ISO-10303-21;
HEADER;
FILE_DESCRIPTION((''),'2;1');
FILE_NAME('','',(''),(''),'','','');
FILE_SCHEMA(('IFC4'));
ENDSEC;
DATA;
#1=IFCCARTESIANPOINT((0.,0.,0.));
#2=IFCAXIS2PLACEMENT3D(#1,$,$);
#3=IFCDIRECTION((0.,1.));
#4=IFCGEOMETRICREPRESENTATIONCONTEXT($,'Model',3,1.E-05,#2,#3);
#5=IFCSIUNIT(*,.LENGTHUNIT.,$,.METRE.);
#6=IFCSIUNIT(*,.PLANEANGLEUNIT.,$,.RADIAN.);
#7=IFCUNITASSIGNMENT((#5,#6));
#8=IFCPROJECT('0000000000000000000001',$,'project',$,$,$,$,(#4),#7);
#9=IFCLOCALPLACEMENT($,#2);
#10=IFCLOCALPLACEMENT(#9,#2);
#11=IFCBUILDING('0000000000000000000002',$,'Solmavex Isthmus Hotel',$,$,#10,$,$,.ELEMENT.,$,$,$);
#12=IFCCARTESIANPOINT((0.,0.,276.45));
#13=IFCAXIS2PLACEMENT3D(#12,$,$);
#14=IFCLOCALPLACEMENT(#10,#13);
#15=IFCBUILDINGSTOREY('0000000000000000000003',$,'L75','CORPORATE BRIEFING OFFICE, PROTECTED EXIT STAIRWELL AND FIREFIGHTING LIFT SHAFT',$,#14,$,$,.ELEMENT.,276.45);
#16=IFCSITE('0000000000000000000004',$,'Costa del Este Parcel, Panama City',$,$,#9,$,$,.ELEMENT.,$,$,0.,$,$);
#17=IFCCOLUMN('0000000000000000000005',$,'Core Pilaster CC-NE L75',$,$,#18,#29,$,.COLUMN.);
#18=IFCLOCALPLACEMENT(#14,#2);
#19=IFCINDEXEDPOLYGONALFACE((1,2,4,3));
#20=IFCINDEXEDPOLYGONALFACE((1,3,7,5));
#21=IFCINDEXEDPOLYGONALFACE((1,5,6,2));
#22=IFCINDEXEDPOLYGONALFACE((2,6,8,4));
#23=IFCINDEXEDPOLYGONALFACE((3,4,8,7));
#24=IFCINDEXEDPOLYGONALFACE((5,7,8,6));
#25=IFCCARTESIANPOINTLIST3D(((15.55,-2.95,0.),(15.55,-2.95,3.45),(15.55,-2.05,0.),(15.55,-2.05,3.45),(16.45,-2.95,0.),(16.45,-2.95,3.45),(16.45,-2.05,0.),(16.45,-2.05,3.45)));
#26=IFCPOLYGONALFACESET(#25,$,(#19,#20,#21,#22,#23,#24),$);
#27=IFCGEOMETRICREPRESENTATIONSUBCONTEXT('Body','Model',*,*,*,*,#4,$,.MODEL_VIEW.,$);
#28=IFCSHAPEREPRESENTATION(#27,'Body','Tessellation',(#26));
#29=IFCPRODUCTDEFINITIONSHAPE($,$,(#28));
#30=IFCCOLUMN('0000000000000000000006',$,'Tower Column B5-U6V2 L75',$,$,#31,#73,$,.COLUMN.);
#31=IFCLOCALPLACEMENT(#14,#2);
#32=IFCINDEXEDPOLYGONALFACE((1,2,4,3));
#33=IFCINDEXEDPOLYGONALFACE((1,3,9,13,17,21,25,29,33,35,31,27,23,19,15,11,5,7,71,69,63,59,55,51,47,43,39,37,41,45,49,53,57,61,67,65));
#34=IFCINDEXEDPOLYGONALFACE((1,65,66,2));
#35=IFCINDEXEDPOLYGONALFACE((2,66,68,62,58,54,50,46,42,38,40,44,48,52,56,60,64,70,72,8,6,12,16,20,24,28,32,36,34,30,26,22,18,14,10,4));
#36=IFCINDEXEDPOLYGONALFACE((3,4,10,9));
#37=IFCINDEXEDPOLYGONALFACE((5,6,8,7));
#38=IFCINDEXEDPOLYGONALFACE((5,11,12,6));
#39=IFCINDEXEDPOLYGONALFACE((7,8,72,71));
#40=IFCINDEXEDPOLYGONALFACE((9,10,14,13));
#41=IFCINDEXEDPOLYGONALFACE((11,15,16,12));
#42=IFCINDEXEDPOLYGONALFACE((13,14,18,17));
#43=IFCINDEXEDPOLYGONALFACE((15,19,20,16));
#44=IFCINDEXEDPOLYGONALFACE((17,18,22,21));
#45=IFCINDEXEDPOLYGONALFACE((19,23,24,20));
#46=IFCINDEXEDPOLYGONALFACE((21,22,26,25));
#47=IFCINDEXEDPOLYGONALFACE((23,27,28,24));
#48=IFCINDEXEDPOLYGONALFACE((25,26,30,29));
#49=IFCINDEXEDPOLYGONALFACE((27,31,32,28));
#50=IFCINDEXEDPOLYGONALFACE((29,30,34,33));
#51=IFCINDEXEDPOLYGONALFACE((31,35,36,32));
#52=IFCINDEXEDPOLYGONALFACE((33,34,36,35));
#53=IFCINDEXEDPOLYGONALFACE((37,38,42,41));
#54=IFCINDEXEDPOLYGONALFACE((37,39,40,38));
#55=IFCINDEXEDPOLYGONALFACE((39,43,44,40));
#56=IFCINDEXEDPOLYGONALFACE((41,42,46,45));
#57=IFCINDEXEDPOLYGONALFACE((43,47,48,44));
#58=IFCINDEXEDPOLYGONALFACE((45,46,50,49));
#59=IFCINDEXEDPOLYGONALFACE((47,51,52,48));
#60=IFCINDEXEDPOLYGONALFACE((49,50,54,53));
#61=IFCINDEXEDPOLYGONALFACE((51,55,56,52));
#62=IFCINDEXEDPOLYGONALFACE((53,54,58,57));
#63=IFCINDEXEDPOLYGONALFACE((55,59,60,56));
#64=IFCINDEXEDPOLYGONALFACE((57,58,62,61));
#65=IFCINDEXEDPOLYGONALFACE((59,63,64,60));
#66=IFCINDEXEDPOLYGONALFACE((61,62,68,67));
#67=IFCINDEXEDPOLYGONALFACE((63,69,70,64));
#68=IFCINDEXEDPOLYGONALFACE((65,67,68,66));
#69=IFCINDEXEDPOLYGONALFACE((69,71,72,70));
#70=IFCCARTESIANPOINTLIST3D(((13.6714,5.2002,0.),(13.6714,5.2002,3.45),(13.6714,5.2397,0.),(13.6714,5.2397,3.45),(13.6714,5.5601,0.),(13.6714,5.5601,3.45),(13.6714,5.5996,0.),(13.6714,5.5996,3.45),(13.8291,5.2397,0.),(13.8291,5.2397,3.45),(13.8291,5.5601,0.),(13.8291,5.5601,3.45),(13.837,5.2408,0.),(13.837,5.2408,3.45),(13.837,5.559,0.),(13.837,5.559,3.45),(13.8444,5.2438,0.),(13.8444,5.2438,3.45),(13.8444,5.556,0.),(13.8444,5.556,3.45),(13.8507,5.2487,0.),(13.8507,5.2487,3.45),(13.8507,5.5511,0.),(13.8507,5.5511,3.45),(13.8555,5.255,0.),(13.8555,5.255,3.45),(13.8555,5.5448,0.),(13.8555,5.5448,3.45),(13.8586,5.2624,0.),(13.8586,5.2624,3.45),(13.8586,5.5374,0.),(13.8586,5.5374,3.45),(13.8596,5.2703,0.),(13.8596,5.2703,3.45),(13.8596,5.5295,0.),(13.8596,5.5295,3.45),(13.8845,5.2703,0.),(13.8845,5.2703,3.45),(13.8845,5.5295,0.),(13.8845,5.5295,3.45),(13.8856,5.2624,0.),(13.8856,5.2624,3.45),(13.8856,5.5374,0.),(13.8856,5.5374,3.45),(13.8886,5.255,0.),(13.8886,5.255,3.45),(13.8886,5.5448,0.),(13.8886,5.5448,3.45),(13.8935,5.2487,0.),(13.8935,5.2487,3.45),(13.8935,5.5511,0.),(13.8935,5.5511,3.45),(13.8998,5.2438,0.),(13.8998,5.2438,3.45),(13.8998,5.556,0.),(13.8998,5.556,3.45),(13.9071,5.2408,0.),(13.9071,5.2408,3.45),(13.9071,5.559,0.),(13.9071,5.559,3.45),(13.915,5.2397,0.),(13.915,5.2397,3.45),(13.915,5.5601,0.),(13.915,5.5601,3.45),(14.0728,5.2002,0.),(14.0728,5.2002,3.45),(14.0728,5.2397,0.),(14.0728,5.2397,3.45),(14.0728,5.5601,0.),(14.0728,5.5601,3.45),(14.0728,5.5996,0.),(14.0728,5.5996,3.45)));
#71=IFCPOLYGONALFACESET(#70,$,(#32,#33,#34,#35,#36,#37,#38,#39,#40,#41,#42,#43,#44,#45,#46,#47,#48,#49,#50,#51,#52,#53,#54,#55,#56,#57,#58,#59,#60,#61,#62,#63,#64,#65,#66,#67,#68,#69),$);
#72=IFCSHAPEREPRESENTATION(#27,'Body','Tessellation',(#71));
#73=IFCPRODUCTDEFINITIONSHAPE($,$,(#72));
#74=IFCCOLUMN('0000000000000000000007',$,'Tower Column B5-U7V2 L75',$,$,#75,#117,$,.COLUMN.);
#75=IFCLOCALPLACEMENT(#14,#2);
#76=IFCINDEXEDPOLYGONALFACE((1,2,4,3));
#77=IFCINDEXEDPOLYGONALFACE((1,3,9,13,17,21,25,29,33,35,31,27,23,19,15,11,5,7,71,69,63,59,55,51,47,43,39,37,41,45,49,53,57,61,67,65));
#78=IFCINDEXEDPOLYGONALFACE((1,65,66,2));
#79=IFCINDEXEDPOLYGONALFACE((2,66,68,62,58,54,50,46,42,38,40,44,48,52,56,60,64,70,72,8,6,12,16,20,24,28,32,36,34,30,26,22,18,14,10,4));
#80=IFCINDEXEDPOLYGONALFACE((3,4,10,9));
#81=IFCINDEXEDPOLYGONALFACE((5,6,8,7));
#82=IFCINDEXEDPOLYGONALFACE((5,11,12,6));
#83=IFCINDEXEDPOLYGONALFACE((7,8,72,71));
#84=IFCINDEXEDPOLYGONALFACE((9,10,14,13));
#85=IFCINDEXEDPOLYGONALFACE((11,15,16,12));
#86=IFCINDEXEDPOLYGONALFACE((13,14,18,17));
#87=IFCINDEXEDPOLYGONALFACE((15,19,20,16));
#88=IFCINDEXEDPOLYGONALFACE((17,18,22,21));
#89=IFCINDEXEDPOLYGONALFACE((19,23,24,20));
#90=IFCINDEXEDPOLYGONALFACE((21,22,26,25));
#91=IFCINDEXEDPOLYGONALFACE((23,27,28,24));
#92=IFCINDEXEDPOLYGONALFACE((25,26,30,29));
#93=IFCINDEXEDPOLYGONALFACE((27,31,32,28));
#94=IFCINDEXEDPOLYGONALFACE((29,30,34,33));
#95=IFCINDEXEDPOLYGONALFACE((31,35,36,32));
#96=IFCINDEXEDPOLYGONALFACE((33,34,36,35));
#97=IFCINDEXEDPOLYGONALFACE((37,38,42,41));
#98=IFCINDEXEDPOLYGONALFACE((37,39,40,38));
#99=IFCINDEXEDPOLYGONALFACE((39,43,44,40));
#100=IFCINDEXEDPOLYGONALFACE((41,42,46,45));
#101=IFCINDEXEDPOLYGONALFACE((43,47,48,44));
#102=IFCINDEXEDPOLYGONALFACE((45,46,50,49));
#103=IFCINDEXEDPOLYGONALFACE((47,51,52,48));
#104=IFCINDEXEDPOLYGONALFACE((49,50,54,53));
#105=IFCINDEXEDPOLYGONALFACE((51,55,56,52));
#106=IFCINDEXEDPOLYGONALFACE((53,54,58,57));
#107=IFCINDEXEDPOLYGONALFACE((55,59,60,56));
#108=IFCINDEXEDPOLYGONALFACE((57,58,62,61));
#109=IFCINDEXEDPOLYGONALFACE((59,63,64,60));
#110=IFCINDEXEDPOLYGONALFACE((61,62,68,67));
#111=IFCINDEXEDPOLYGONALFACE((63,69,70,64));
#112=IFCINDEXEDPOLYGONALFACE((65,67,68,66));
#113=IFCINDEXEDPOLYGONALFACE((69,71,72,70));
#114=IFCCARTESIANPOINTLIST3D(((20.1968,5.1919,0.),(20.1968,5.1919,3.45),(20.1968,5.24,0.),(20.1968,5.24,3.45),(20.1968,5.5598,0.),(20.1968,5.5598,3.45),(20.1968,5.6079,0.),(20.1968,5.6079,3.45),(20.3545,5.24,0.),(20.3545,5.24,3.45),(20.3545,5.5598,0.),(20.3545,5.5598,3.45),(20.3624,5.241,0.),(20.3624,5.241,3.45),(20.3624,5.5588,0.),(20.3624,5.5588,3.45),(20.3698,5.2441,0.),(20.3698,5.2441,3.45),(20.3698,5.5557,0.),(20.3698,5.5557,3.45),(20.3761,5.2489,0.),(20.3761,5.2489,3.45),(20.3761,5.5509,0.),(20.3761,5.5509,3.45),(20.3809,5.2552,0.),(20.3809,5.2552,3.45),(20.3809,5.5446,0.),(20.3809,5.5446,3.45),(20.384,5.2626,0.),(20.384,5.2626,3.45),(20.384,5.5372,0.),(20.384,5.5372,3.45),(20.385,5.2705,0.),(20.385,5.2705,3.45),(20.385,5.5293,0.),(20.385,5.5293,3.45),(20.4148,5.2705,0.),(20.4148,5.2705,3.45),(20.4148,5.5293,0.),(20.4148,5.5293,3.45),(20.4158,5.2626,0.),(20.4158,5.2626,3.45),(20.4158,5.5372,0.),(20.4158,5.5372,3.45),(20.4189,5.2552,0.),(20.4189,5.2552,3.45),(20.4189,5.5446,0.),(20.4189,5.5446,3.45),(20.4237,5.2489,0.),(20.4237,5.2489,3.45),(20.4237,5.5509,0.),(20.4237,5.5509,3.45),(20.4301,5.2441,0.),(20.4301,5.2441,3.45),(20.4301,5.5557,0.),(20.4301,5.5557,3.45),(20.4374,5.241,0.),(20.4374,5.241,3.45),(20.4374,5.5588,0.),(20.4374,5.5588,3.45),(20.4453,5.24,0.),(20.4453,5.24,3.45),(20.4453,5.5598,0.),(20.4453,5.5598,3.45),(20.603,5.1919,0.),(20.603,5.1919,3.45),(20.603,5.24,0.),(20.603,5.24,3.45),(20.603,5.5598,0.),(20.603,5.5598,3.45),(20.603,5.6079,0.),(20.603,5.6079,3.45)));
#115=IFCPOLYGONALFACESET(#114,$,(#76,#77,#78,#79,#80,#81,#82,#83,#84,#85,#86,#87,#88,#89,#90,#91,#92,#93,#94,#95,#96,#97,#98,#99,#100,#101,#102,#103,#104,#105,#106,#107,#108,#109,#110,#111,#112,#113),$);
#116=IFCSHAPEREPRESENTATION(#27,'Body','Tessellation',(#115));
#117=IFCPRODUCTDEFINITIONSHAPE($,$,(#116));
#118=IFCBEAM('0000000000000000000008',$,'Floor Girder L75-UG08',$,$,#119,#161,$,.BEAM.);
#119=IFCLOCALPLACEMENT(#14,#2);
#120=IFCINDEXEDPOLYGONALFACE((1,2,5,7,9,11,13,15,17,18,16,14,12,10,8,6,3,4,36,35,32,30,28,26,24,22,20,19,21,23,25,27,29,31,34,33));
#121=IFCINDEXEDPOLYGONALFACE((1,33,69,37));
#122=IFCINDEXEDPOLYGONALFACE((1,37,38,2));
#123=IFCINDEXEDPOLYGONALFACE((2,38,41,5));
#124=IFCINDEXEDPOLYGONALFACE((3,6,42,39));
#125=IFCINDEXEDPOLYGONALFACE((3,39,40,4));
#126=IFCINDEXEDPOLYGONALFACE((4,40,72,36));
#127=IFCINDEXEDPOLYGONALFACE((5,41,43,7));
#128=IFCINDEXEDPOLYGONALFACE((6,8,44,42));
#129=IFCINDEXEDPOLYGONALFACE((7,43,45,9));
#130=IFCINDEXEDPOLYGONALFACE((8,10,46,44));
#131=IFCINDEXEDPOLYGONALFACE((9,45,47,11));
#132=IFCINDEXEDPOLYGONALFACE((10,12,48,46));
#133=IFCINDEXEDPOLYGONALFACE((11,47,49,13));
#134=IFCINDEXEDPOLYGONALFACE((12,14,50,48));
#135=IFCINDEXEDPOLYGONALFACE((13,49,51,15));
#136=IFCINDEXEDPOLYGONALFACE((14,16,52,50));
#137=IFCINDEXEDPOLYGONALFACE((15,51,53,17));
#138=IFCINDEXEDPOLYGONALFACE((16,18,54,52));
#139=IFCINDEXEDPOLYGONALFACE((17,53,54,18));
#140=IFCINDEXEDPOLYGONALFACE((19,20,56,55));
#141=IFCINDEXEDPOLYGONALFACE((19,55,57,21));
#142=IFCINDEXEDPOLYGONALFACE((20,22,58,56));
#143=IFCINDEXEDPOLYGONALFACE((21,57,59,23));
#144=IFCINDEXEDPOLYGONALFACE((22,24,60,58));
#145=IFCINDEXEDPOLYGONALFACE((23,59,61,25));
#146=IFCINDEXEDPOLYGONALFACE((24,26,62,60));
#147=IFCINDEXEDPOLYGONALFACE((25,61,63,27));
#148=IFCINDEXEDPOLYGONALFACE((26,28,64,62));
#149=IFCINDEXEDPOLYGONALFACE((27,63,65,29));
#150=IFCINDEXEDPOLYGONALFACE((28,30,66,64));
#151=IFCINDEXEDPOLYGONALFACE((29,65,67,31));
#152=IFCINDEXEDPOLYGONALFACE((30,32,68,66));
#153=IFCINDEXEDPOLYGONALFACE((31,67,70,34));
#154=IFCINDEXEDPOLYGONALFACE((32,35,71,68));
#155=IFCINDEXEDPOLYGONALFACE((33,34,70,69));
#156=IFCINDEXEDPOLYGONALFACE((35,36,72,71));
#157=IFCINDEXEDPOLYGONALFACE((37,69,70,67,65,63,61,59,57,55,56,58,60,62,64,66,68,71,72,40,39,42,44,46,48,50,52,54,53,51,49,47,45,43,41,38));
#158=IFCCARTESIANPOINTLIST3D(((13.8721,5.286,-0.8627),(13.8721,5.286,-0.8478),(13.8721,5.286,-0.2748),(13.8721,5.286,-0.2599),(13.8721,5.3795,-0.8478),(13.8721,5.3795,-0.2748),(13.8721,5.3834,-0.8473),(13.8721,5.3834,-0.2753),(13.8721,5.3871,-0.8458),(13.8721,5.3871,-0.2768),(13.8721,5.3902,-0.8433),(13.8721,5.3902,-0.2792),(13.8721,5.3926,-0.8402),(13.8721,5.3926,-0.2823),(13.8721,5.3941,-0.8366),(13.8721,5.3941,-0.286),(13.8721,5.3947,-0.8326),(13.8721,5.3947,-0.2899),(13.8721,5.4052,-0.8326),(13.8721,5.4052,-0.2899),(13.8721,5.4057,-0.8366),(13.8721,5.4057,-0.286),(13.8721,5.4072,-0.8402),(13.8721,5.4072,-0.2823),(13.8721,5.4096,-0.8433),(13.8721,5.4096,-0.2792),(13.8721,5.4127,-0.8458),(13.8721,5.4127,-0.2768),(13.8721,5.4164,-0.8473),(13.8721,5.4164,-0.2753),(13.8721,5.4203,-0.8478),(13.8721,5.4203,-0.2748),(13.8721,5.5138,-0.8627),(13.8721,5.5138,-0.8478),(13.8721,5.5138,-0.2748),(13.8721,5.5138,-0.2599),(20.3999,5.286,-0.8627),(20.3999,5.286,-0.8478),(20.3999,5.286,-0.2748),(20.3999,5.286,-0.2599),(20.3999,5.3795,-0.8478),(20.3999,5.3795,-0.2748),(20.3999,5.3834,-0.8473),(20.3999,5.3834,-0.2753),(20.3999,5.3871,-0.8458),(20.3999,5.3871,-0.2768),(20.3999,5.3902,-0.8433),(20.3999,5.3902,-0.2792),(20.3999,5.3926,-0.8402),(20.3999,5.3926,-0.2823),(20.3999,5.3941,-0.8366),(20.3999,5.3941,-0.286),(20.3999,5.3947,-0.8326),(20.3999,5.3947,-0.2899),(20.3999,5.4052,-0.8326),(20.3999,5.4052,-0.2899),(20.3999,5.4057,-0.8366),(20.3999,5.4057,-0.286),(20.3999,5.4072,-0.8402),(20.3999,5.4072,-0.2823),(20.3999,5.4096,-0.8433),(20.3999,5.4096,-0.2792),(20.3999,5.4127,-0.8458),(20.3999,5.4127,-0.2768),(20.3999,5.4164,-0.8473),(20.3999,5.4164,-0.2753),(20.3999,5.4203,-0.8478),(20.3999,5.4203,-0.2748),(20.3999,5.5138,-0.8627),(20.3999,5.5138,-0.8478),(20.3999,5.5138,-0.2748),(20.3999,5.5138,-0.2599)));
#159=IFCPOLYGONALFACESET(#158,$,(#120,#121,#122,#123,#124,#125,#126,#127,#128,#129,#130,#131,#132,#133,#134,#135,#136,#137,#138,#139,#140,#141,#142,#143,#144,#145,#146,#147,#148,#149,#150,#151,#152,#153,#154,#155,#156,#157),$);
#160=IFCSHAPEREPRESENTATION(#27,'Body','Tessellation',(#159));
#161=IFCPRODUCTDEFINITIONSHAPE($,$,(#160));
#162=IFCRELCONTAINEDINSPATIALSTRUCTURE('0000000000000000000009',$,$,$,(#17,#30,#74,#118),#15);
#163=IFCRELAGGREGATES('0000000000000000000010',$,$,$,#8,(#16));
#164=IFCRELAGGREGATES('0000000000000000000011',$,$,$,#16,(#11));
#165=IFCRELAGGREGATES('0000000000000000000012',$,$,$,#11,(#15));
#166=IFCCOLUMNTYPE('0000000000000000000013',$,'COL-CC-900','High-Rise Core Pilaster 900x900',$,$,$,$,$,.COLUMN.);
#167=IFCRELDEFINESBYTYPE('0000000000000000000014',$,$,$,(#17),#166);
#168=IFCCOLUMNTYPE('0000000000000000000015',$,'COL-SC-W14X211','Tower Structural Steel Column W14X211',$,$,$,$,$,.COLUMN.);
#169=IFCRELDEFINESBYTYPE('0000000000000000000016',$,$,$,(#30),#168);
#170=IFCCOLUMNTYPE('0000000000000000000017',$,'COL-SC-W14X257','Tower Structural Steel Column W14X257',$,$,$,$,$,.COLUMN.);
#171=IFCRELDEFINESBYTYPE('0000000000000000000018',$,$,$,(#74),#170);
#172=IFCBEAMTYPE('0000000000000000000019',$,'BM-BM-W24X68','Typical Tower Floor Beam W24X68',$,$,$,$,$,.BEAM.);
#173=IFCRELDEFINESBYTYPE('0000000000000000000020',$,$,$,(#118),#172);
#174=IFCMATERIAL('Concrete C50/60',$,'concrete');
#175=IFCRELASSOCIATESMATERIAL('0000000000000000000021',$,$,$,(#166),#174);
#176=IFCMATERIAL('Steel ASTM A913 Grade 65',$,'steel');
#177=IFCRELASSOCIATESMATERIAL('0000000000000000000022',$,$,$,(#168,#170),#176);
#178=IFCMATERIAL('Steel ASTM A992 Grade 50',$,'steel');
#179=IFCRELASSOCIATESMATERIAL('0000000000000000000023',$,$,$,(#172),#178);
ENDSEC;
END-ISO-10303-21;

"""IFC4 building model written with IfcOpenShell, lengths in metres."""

from ifc_helpers import new_model, si_unit, direction, frame, origin, origin_2d, place, context, subcontext, project, spatial, rectangle, i_section, extrude, material, material_profile, profile_set, type_object, element, save


model = new_model("IFC4")

# Units and contexts
model_context = context("Model", 3, precision=1e-05, world=origin(), true_north=direction((0.0, 1.0)))
body_context = subcontext(model_context, "Body", "Model", "MODEL_VIEW")
ifc_project = project(units=[si_unit("LENGTHUNIT", "METRE"), si_unit("PLANEANGLEUNIT", "RADIAN")], contexts=[model_context])

# Site, building, storey
site_placement = place(None, origin())
site = spatial("IfcSite", under=ifc_project, at=site_placement, Name="Costa del Este Parcel, Panama City", CompositionType="ELEMENT", RefElevation=0.0)
building_placement = place(site_placement, origin())
building = spatial("IfcBuilding", under=site, at=building_placement, Name="Solmavex Isthmus Hotel", CompositionType="ELEMENT")
storey_placement = place(building_placement, frame((0.0, 0.0, 276.45)))
storey = spatial("IfcBuildingStorey", under=building, at=storey_placement, Name="L75", Description="CORPORATE BRIEFING OFFICE, PROTECTED EXIT STAIRWELL AND FIREFIGHTING LIFT SHAFT", CompositionType="ELEMENT", Elevation=276.45)

# Columns
ifc_material_1 = material(Name="Concrete C50/60", Category="concrete")
ifc_material_profile_1 = material_profile(ifc_material_1, rectangle(XDim=0.8999, YDim=0.8999, at=origin_2d()), Name="RC900X900")
ifc_profile_set_1 = profile_set([ifc_material_profile_1], Name="Concrete C50/60")
column_type_1 = type_object("IfcColumnType", Name="COL-CC-900", Description="High-Rise Core Pilaster 900x900", PredefinedType="COLUMN", material=ifc_profile_set_1)
column_1_placement = place(storey_placement, frame((16.0, -2.5, 0.0), z_axis=(0.0, 0.0, 1.0), x_axis=(1.0, 0.0, 0.0)))
element("IfcColumn", 1, at=column_1_placement, inside=storey, type_object=column_type_1, Name="Core Pilaster CC-NE L75", PredefinedType="COLUMN", context=body_context, shape_type="SweptSolid", body=[
    extrude(rectangle(XDim=0.8999, YDim=0.8999, at=origin_2d()), origin(), (0.0, 0.0, 1.0), 3.45),
])
ifc_material_2 = material(Name="Steel ASTM A913 Grade 65", Category="steel")
ifc_material_profile_2 = material_profile(ifc_material_2, i_section(OverallWidth=0.4014, OverallDepth=0.3994, WebThickness=0.0249, FlangeThickness=0.0396, FilletRadius=0.0305, at=origin_2d()), Name="W14X211")
ifc_profile_set_2 = profile_set([ifc_material_profile_2], Name="Steel ASTM A913 Grade 65")
column_type_2 = type_object("IfcColumnType", Name="COL-SC-W14X211", Description="Tower Structural Steel Column W14X211", PredefinedType="COLUMN", material=ifc_profile_set_2)
column_2_placement = place(storey_placement, frame((13.8721, 5.3999, 0.0), z_axis=(0.0, 0.0, 1.0), x_axis=(1.0, 0.0, 0.0)))
element("IfcColumn", 2, at=column_2_placement, inside=storey, type_object=column_type_2, Name="Tower Column B5-U6V2 L75", PredefinedType="COLUMN", context=body_context, shape_type="SweptSolid", body=[
    extrude(i_section(OverallWidth=0.4014, OverallDepth=0.3994, WebThickness=0.0249, FlangeThickness=0.0396, FilletRadius=0.0305, at=origin_2d()), origin(), (0.0, 0.0, 1.0), 3.45),
])
ifc_material_profile_3 = material_profile(ifc_material_2, i_section(OverallWidth=0.4062, OverallDepth=0.416, WebThickness=0.0298, FlangeThickness=0.0481, FilletRadius=0.0305, at=origin_2d()), Name="W14X257")
ifc_profile_set_3 = profile_set([ifc_material_profile_3], Name="Steel ASTM A913 Grade 65")
column_type_3 = type_object("IfcColumnType", Name="COL-SC-W14X257", Description="Tower Structural Steel Column W14X257", PredefinedType="COLUMN", material=ifc_profile_set_3)
column_3_placement = place(storey_placement, frame((20.3999, 5.3999, 0.0), z_axis=(0.0, 0.0, 1.0), x_axis=(1.0, 0.0, 0.0)))
element("IfcColumn", 3, at=column_3_placement, inside=storey, type_object=column_type_3, Name="Tower Column B5-U7V2 L75", PredefinedType="COLUMN", context=body_context, shape_type="SweptSolid", body=[
    extrude(i_section(OverallWidth=0.4062, OverallDepth=0.416, WebThickness=0.0298, FlangeThickness=0.0481, FilletRadius=0.0305, at=origin_2d()), origin(), (0.0, 0.0, 1.0), 3.45),
])

# Beam
ifc_material_3 = material(Name="Steel ASTM A992 Grade 50", Category="steel")
ifc_material_profile_4 = material_profile(ifc_material_3, i_section(OverallWidth=0.2278, OverallDepth=0.6028, WebThickness=0.0105, FlangeThickness=0.0149, FilletRadius=0.0151, at=origin_2d()), Name="W24X68")
ifc_profile_set_4 = profile_set([ifc_material_profile_4], Name="Steel ASTM A992 Grade 50")
beam_type = type_object("IfcBeamType", Name="BM-BM-W24X68", Description="Typical Tower Floor Beam W24X68", PredefinedType="BEAM", material=ifc_profile_set_4)
beam_1_placement = place(storey_placement, frame((13.8721, 5.3999, -0.5613), z_axis=(1.0, 0.0, 0.0), x_axis=(0.0, 1.0, 0.0)))
element("IfcBeam", 4, at=beam_1_placement, inside=storey, type_object=beam_type, Name="Floor Girder L75-UG08", PredefinedType="BEAM", context=body_context, shape_type="SweptSolid", body=[
    extrude(i_section(OverallWidth=0.2278, OverallDepth=0.6028, WebThickness=0.0105, FlangeThickness=0.0149, FilletRadius=0.0151, at=origin_2d()), origin(), (0.0, 0.0, 1.0), 6.5278),
])

save(model, "model.ifc")
